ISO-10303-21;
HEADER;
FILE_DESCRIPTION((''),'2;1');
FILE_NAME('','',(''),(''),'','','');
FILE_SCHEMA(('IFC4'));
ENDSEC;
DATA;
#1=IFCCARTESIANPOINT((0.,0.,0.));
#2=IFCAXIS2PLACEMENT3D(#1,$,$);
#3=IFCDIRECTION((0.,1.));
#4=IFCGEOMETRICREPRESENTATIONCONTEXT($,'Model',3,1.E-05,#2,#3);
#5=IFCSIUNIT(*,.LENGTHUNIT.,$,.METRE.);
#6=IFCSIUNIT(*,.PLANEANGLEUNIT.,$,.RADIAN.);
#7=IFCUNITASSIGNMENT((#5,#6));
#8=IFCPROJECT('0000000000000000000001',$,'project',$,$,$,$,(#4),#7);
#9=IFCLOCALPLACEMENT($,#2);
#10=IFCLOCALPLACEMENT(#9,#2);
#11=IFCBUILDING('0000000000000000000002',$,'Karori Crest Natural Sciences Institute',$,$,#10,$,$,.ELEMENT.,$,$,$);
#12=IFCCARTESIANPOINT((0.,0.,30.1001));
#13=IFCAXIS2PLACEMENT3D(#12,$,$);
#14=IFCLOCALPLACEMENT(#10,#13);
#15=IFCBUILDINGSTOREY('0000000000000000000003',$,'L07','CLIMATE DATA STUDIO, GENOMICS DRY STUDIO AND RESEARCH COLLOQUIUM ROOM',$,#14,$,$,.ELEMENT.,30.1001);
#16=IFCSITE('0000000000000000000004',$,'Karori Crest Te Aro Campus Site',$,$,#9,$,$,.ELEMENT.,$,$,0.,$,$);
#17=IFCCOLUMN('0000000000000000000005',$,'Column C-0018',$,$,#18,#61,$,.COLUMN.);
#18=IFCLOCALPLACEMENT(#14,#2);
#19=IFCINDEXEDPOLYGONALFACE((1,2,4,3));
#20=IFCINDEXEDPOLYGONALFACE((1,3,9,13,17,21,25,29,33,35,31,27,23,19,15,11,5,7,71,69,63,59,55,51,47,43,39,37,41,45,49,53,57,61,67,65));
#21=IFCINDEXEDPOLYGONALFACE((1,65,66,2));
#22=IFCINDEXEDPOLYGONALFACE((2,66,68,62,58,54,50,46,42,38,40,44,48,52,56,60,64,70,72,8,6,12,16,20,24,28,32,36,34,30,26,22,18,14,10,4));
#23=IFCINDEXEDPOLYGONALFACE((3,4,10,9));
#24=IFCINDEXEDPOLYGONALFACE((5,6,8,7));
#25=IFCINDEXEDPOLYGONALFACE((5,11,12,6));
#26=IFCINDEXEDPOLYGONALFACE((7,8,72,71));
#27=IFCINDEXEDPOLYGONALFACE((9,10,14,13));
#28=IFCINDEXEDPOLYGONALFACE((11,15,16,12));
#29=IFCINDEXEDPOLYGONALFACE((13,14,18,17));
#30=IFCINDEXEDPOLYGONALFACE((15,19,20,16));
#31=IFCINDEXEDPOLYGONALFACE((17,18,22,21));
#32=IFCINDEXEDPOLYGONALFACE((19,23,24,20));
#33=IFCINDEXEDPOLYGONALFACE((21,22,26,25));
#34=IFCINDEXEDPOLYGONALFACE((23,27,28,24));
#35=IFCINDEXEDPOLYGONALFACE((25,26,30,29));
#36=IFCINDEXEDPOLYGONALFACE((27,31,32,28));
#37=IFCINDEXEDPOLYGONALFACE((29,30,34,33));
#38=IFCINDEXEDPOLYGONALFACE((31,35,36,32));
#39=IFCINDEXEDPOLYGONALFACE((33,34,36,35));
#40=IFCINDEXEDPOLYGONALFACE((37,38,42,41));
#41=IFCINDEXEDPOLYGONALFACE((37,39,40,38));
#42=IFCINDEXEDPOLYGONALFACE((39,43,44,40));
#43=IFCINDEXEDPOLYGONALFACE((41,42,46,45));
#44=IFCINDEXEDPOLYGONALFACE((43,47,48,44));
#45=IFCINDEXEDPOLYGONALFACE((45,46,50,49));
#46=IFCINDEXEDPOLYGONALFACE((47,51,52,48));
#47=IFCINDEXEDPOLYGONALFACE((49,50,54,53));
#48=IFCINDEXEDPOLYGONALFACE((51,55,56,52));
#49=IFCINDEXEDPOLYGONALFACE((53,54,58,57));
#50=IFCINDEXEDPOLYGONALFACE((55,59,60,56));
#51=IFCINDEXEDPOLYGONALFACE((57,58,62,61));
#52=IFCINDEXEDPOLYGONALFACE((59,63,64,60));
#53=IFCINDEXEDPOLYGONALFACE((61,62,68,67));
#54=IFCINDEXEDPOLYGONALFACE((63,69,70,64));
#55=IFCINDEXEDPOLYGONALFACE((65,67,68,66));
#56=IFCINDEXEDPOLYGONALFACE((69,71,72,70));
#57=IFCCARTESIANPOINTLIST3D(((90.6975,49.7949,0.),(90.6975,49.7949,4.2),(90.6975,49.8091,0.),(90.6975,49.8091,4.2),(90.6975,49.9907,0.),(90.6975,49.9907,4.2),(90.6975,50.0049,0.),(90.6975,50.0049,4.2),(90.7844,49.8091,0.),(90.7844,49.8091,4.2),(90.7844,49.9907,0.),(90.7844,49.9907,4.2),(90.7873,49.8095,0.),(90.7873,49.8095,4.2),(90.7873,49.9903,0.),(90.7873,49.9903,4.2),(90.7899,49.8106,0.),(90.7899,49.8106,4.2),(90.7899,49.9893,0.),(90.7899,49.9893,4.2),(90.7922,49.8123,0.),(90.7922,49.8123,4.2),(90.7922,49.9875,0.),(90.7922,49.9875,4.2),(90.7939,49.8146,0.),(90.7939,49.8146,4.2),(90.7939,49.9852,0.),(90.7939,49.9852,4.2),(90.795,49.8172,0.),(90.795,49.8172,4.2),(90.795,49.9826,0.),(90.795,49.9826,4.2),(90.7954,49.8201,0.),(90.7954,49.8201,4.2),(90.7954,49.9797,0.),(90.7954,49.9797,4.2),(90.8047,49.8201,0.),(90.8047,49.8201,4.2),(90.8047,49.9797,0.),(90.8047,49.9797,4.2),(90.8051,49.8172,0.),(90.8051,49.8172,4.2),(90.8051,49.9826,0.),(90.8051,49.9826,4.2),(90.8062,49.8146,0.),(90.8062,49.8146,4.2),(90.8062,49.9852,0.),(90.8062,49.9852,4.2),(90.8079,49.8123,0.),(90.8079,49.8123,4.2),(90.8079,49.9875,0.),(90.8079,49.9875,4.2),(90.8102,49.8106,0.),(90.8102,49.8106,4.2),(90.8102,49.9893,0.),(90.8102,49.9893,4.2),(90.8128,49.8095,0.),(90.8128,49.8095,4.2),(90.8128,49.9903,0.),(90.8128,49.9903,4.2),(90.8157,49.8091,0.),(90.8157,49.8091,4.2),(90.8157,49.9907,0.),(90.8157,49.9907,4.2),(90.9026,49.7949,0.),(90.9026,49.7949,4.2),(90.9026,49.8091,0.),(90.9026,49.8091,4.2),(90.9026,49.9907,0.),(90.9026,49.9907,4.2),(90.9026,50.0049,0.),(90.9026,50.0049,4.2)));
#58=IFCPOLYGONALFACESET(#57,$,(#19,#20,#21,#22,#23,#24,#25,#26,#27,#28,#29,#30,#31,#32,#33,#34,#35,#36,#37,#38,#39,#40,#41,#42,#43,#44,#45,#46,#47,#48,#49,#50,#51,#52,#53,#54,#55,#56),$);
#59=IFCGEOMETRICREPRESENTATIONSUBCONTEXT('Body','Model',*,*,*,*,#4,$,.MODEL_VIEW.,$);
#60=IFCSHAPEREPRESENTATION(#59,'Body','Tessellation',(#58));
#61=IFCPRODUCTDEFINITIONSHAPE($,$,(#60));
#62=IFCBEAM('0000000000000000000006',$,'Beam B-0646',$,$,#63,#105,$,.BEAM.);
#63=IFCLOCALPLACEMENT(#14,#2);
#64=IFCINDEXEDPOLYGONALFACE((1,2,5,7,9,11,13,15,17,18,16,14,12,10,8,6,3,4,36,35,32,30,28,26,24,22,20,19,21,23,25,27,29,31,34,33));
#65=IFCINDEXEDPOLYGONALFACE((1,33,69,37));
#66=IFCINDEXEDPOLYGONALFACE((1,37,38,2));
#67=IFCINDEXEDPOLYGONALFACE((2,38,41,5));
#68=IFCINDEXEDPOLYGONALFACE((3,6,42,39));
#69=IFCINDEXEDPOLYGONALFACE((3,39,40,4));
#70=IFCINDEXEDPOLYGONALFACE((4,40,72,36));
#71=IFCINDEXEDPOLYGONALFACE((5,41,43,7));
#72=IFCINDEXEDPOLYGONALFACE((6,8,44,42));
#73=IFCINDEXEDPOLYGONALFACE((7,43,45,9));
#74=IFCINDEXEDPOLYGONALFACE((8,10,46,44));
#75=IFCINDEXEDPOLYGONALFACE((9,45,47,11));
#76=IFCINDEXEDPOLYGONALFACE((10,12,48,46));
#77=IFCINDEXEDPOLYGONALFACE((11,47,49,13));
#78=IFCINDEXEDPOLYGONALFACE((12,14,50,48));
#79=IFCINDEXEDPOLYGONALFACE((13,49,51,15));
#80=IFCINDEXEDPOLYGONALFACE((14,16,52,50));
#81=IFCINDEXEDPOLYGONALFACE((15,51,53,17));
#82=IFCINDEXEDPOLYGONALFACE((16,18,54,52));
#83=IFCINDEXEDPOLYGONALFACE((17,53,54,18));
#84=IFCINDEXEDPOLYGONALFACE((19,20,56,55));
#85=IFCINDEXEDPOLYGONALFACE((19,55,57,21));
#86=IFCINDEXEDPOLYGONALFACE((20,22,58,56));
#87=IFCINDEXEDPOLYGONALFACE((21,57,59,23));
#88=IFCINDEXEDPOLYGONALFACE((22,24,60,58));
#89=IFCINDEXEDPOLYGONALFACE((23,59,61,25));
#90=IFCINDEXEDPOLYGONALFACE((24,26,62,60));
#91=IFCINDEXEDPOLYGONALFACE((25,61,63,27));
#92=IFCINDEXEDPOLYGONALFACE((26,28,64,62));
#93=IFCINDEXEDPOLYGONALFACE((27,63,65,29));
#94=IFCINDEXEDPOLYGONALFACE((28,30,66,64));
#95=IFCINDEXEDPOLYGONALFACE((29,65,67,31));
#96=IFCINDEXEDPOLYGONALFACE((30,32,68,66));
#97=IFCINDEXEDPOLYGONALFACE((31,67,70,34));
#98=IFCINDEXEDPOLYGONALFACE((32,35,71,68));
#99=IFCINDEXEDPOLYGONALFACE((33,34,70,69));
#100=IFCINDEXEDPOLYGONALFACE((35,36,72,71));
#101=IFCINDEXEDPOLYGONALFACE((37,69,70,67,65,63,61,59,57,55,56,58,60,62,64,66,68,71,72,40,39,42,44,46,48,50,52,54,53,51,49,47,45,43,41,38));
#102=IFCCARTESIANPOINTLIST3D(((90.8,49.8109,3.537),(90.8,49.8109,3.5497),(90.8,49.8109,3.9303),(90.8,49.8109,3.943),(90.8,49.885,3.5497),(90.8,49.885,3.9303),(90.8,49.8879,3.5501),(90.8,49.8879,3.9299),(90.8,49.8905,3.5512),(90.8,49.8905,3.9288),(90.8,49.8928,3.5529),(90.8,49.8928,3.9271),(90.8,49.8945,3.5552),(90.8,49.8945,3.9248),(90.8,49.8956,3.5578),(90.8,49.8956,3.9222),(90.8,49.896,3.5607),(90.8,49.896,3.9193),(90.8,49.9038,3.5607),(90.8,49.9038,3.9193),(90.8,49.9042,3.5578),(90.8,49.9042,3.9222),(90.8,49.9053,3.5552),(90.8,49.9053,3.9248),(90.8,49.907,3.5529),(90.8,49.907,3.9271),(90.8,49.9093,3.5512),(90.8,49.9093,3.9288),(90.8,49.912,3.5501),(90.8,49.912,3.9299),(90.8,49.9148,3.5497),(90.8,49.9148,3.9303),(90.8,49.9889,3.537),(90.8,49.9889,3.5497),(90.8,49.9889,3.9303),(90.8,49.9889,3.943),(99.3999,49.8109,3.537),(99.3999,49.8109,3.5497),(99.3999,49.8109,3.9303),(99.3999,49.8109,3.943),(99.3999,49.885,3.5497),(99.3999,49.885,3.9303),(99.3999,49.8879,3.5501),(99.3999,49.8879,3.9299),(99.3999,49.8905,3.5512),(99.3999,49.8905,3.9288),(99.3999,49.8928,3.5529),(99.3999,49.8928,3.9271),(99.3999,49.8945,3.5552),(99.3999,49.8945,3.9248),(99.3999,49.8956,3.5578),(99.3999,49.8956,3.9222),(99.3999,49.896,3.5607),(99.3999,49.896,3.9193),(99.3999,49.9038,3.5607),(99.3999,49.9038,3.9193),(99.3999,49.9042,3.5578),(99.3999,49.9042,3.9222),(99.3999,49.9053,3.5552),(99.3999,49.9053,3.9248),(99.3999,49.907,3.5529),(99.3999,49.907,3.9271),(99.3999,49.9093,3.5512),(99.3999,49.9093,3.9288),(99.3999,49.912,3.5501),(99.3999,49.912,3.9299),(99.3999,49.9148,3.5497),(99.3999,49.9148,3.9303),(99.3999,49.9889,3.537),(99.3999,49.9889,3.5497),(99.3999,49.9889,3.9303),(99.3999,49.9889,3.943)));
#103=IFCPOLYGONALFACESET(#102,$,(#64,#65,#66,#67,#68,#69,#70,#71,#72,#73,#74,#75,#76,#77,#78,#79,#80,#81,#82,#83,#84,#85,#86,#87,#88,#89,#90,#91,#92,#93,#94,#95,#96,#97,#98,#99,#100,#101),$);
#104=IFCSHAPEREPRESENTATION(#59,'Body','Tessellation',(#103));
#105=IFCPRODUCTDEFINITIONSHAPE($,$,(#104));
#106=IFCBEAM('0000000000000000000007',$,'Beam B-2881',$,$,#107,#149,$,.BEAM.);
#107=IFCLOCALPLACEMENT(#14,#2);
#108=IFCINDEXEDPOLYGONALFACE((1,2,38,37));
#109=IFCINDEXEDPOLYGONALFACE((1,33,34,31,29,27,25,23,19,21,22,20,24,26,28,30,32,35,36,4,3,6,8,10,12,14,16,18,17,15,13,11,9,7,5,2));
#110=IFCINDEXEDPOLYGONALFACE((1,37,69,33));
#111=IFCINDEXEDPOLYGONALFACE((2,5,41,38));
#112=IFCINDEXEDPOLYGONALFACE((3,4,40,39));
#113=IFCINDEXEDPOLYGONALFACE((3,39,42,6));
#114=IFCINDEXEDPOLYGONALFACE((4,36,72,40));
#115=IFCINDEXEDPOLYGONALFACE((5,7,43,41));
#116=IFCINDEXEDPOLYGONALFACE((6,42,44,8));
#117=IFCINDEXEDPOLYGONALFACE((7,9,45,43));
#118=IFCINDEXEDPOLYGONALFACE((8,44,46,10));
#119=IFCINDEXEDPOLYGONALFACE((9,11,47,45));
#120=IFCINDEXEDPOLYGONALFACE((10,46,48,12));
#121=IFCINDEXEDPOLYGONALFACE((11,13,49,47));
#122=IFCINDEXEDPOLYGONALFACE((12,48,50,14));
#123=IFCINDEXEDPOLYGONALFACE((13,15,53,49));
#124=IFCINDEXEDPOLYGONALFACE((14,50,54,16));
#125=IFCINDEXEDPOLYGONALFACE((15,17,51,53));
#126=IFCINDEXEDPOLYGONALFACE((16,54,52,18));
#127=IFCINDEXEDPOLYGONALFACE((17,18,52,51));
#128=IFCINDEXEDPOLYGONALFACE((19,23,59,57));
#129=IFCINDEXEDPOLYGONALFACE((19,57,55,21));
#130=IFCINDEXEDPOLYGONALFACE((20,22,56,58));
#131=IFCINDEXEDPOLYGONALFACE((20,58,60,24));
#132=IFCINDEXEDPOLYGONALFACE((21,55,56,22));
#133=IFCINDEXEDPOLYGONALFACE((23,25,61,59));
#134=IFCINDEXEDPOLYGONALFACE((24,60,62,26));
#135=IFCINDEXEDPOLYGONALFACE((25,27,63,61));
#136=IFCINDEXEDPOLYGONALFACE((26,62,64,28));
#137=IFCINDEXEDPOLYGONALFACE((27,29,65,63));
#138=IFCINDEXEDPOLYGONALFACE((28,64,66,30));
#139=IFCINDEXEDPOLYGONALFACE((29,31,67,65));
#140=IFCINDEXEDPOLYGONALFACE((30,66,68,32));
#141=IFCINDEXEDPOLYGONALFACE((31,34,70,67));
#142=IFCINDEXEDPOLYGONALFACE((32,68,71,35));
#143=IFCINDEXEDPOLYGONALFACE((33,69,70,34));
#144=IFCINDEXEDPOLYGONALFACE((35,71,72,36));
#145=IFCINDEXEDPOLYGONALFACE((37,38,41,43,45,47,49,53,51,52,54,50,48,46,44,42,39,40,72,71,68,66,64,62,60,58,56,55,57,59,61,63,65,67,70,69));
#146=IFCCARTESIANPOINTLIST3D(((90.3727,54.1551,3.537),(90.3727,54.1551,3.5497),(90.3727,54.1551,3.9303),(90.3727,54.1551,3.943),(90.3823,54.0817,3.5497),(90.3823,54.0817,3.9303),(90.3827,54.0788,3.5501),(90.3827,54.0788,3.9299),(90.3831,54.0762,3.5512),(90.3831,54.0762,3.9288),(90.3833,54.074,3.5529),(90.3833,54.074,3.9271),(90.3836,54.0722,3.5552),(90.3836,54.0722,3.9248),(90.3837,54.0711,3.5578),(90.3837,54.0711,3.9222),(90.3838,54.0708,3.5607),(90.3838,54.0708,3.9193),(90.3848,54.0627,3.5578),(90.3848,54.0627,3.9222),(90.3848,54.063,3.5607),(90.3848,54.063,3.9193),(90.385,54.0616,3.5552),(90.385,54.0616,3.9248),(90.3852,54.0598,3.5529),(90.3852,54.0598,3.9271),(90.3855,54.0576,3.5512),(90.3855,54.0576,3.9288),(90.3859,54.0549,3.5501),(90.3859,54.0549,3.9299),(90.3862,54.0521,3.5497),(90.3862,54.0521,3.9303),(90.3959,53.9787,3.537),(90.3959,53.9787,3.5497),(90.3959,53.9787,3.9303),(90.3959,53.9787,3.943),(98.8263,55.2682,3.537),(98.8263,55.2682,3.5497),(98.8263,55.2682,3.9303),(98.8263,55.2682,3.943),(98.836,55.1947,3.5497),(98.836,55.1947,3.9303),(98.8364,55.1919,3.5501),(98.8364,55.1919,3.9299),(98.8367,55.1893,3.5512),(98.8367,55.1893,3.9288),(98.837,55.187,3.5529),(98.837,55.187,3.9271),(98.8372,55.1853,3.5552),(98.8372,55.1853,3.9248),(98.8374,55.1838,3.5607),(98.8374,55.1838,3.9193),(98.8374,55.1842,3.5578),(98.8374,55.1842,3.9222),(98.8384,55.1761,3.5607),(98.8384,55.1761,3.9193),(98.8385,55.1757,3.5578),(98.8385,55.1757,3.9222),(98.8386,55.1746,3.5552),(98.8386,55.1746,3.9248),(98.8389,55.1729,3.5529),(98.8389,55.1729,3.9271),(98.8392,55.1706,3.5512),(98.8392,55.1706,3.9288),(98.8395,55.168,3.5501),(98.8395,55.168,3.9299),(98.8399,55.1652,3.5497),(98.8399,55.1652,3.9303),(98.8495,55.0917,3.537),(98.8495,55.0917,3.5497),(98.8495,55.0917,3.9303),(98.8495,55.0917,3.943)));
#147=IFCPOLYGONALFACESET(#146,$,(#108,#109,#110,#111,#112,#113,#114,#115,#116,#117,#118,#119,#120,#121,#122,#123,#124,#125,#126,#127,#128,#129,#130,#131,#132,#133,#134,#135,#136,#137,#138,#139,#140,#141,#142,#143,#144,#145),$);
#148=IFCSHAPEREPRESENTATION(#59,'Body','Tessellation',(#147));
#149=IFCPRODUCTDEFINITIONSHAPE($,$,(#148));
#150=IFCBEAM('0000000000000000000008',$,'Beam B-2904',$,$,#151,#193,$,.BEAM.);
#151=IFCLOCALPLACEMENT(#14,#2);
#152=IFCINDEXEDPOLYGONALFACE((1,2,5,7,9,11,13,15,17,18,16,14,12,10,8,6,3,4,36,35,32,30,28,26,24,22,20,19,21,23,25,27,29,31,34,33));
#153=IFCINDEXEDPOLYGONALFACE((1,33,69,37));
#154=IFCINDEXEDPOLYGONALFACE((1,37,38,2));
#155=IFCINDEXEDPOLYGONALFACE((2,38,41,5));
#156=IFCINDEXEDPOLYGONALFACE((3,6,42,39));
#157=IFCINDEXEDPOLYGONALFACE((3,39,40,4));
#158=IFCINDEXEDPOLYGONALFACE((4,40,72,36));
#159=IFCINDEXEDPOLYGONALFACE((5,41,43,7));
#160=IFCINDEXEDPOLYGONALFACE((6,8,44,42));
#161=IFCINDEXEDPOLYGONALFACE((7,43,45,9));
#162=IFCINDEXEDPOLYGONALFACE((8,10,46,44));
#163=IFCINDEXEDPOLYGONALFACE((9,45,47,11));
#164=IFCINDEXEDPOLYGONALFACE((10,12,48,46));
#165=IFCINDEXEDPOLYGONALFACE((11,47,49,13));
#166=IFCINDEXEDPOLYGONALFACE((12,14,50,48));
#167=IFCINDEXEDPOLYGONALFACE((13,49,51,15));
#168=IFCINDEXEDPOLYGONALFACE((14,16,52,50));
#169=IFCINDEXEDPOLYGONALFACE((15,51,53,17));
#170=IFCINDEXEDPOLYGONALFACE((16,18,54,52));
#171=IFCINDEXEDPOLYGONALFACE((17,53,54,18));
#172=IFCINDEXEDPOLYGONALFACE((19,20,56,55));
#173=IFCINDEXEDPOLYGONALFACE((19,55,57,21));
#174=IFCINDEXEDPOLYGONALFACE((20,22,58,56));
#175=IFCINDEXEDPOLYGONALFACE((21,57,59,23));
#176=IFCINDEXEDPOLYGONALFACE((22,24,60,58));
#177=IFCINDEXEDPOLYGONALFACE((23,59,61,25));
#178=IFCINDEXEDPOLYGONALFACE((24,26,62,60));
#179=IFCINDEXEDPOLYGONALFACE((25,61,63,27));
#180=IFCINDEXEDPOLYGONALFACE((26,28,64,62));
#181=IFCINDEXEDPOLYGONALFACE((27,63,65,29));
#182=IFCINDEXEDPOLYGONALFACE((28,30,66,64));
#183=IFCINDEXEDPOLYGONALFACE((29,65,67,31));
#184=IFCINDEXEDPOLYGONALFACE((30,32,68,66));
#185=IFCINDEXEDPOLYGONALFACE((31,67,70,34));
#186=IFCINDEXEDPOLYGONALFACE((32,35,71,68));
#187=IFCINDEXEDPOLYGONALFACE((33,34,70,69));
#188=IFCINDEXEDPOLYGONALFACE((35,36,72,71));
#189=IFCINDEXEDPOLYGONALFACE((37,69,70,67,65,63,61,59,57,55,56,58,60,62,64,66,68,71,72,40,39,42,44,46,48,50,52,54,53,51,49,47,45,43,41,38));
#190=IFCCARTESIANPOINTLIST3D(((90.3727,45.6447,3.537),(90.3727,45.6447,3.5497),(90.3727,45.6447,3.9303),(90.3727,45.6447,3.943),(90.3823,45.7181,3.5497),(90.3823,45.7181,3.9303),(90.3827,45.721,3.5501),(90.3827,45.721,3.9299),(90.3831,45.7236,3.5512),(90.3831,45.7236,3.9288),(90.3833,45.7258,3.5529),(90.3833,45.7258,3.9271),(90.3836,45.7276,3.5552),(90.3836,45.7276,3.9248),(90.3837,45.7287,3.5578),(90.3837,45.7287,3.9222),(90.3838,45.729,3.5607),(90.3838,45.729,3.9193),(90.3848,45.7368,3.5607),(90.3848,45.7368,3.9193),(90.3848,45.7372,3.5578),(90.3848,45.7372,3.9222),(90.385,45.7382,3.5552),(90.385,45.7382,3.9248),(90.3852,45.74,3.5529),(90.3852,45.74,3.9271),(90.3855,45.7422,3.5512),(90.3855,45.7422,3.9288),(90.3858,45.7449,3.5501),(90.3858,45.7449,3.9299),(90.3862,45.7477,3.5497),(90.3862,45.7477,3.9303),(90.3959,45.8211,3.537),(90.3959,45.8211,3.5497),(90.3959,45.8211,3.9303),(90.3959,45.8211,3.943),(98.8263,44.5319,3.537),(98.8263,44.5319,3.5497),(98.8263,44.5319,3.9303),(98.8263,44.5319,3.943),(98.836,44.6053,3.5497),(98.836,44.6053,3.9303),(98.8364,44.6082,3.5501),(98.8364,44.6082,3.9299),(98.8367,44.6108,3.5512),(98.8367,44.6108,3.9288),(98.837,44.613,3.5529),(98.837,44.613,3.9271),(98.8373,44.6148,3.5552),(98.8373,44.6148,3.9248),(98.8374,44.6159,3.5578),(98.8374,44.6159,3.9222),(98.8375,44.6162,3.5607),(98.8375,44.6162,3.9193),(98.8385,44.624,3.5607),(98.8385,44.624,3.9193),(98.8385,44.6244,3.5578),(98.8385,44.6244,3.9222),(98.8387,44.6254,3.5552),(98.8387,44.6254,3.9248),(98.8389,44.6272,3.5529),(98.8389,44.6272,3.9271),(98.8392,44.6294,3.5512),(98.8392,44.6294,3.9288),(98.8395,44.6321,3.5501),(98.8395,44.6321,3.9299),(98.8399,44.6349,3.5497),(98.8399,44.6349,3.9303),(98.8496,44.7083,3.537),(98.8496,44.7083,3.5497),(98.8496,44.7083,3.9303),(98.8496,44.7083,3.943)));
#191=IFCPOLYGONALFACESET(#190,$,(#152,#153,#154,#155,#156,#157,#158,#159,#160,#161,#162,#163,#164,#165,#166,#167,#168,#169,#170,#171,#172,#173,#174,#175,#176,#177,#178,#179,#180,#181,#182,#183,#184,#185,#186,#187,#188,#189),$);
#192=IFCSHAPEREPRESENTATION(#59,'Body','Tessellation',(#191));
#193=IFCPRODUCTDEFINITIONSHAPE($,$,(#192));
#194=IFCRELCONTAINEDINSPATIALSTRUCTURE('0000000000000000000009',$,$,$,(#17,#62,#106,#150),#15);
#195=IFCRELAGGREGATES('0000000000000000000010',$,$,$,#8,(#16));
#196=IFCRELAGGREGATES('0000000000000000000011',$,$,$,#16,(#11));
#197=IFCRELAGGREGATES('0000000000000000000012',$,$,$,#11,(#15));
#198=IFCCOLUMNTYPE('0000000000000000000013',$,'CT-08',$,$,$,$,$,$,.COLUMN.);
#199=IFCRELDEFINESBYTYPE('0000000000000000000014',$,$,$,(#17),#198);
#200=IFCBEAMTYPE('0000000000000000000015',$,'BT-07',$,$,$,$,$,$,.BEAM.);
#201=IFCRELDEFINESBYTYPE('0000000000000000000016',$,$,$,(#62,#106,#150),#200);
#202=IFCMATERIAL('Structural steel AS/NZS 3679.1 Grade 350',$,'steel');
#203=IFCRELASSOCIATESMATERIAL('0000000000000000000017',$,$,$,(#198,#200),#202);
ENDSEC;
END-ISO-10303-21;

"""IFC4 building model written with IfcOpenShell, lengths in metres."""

from ifc_helpers import new_model, si_unit, direction, frame, origin, origin_2d, place, context, subcontext, project, spatial, i_section, extrude, material, material_profile, profile_set, type_object, element, save


model = new_model("IFC4")

# Units and contexts
model_context = context("Model", 3, precision=1e-05, world=origin(), true_north=direction((0.0, 1.0)))
body_context = subcontext(model_context, "Body", "Model", "MODEL_VIEW")
ifc_project = project(units=[si_unit("LENGTHUNIT", "METRE"), si_unit("PLANEANGLEUNIT", "RADIAN")], contexts=[model_context])

# Site, building, storey
site_placement = place(None, origin())
site = spatial("IfcSite", under=ifc_project, at=site_placement, Name="Karori Crest Te Aro Campus Site", CompositionType="ELEMENT", RefElevation=0.0)
building_placement = place(site_placement, origin())
building = spatial("IfcBuilding", under=site, at=building_placement, Name="Karori Crest Natural Sciences Institute", CompositionType="ELEMENT")
storey_placement = place(building_placement, frame((0.0, 0.0, 30.1001)))
storey = spatial("IfcBuildingStorey", under=building, at=storey_placement, Name="L07", Description="CLIMATE DATA STUDIO, GENOMICS DRY STUDIO AND RESEARCH COLLOQUIUM ROOM", CompositionType="ELEMENT", Elevation=30.1001)

# Column
ifc_material_1 = material(Name="Structural steel AS/NZS 3679.1 Grade 350", Category="steel")
ifc_material_profile_1 = material_profile(ifc_material_1, i_section(OverallWidth=0.2051, OverallDepth=0.21, WebThickness=0.0093, FlangeThickness=0.0142, FilletRadius=0.011, at=origin_2d()), Name="200UC59.5")
ifc_profile_set_1 = profile_set([ifc_material_profile_1], Name="Structural steel AS/NZS 3679.1 Grade 350")
column_type = type_object("IfcColumnType", Name="CT-08", PredefinedType="COLUMN", material=ifc_profile_set_1)
column_placement = place(storey_placement, frame((90.8, 49.8999, 0.0), z_axis=(0.0, 0.0, 1.0), x_axis=(1.0, 0.0, 0.0)))
element("IfcColumn", 1, at=column_placement, inside=storey, type_object=column_type, Name="Column C-0018", PredefinedType="COLUMN", context=body_context, shape_type="SweptSolid", body=[
    extrude(i_section(OverallWidth=0.2051, OverallDepth=0.21, WebThickness=0.0093, FlangeThickness=0.0142, FilletRadius=0.011, at=origin_2d()), origin(), (0.0, 0.0, 1.0), 4.2),
])

# Beams
ifc_material_profile_2 = material_profile(ifc_material_1, i_section(OverallWidth=0.178, OverallDepth=0.406, WebThickness=0.0078, FlangeThickness=0.0127, FilletRadius=0.011, at=origin_2d()), Name="410UB59.7")
ifc_profile_set_2 = profile_set([ifc_material_profile_2], Name="Structural steel AS/NZS 3679.1 Grade 350")
beam_type_1 = type_object("IfcBeamType", Name="BT-07", PredefinedType="BEAM", material=ifc_profile_set_2)
beam_1_placement = place(storey_placement, frame((90.8, 49.8999, 3.74), z_axis=(1.0, 0.0, 0.0), x_axis=(0.0, 1.0, 0.0)))
element("IfcBeam", 2, at=beam_1_placement, inside=storey, type_object=beam_type_1, Name="Beam B-0646", PredefinedType="BEAM", context=body_context, shape_type="SweptSolid", body=[
    extrude(i_section(OverallWidth=0.178, OverallDepth=0.406, WebThickness=0.0078, FlangeThickness=0.0127, FilletRadius=0.011, at=origin_2d()), origin(), (0.0, 0.0, 1.0), 8.5999),
])
for number, where, z_axis, x_axis, name in (
    (3, (90.3843, 54.0669, 3.74), (0.991443, 0.130537, 0.0), (-0.130537, 0.991443, 0.0), "Beam B-2881"),
    (4, (90.3843, 45.7329, 3.74), (0.991447, -0.130509, 0.0), (0.130509, 0.991447, 0.0), "Beam B-2904"),
):
    element("IfcBeam", number, at=place(storey_placement, frame(where, z_axis=z_axis, x_axis=x_axis)), inside=storey, type_object=beam_type_1, Name=name, PredefinedType="BEAM", context=body_context, shape_type="SweptSolid", body=[
        extrude(i_section(OverallWidth=0.178, OverallDepth=0.406, WebThickness=0.0078, FlangeThickness=0.0127, FilletRadius=0.011, at=origin_2d()), origin(), (0.0, 0.0, 1.0), 8.5266),
    ])

save(model, "model.ifc")
